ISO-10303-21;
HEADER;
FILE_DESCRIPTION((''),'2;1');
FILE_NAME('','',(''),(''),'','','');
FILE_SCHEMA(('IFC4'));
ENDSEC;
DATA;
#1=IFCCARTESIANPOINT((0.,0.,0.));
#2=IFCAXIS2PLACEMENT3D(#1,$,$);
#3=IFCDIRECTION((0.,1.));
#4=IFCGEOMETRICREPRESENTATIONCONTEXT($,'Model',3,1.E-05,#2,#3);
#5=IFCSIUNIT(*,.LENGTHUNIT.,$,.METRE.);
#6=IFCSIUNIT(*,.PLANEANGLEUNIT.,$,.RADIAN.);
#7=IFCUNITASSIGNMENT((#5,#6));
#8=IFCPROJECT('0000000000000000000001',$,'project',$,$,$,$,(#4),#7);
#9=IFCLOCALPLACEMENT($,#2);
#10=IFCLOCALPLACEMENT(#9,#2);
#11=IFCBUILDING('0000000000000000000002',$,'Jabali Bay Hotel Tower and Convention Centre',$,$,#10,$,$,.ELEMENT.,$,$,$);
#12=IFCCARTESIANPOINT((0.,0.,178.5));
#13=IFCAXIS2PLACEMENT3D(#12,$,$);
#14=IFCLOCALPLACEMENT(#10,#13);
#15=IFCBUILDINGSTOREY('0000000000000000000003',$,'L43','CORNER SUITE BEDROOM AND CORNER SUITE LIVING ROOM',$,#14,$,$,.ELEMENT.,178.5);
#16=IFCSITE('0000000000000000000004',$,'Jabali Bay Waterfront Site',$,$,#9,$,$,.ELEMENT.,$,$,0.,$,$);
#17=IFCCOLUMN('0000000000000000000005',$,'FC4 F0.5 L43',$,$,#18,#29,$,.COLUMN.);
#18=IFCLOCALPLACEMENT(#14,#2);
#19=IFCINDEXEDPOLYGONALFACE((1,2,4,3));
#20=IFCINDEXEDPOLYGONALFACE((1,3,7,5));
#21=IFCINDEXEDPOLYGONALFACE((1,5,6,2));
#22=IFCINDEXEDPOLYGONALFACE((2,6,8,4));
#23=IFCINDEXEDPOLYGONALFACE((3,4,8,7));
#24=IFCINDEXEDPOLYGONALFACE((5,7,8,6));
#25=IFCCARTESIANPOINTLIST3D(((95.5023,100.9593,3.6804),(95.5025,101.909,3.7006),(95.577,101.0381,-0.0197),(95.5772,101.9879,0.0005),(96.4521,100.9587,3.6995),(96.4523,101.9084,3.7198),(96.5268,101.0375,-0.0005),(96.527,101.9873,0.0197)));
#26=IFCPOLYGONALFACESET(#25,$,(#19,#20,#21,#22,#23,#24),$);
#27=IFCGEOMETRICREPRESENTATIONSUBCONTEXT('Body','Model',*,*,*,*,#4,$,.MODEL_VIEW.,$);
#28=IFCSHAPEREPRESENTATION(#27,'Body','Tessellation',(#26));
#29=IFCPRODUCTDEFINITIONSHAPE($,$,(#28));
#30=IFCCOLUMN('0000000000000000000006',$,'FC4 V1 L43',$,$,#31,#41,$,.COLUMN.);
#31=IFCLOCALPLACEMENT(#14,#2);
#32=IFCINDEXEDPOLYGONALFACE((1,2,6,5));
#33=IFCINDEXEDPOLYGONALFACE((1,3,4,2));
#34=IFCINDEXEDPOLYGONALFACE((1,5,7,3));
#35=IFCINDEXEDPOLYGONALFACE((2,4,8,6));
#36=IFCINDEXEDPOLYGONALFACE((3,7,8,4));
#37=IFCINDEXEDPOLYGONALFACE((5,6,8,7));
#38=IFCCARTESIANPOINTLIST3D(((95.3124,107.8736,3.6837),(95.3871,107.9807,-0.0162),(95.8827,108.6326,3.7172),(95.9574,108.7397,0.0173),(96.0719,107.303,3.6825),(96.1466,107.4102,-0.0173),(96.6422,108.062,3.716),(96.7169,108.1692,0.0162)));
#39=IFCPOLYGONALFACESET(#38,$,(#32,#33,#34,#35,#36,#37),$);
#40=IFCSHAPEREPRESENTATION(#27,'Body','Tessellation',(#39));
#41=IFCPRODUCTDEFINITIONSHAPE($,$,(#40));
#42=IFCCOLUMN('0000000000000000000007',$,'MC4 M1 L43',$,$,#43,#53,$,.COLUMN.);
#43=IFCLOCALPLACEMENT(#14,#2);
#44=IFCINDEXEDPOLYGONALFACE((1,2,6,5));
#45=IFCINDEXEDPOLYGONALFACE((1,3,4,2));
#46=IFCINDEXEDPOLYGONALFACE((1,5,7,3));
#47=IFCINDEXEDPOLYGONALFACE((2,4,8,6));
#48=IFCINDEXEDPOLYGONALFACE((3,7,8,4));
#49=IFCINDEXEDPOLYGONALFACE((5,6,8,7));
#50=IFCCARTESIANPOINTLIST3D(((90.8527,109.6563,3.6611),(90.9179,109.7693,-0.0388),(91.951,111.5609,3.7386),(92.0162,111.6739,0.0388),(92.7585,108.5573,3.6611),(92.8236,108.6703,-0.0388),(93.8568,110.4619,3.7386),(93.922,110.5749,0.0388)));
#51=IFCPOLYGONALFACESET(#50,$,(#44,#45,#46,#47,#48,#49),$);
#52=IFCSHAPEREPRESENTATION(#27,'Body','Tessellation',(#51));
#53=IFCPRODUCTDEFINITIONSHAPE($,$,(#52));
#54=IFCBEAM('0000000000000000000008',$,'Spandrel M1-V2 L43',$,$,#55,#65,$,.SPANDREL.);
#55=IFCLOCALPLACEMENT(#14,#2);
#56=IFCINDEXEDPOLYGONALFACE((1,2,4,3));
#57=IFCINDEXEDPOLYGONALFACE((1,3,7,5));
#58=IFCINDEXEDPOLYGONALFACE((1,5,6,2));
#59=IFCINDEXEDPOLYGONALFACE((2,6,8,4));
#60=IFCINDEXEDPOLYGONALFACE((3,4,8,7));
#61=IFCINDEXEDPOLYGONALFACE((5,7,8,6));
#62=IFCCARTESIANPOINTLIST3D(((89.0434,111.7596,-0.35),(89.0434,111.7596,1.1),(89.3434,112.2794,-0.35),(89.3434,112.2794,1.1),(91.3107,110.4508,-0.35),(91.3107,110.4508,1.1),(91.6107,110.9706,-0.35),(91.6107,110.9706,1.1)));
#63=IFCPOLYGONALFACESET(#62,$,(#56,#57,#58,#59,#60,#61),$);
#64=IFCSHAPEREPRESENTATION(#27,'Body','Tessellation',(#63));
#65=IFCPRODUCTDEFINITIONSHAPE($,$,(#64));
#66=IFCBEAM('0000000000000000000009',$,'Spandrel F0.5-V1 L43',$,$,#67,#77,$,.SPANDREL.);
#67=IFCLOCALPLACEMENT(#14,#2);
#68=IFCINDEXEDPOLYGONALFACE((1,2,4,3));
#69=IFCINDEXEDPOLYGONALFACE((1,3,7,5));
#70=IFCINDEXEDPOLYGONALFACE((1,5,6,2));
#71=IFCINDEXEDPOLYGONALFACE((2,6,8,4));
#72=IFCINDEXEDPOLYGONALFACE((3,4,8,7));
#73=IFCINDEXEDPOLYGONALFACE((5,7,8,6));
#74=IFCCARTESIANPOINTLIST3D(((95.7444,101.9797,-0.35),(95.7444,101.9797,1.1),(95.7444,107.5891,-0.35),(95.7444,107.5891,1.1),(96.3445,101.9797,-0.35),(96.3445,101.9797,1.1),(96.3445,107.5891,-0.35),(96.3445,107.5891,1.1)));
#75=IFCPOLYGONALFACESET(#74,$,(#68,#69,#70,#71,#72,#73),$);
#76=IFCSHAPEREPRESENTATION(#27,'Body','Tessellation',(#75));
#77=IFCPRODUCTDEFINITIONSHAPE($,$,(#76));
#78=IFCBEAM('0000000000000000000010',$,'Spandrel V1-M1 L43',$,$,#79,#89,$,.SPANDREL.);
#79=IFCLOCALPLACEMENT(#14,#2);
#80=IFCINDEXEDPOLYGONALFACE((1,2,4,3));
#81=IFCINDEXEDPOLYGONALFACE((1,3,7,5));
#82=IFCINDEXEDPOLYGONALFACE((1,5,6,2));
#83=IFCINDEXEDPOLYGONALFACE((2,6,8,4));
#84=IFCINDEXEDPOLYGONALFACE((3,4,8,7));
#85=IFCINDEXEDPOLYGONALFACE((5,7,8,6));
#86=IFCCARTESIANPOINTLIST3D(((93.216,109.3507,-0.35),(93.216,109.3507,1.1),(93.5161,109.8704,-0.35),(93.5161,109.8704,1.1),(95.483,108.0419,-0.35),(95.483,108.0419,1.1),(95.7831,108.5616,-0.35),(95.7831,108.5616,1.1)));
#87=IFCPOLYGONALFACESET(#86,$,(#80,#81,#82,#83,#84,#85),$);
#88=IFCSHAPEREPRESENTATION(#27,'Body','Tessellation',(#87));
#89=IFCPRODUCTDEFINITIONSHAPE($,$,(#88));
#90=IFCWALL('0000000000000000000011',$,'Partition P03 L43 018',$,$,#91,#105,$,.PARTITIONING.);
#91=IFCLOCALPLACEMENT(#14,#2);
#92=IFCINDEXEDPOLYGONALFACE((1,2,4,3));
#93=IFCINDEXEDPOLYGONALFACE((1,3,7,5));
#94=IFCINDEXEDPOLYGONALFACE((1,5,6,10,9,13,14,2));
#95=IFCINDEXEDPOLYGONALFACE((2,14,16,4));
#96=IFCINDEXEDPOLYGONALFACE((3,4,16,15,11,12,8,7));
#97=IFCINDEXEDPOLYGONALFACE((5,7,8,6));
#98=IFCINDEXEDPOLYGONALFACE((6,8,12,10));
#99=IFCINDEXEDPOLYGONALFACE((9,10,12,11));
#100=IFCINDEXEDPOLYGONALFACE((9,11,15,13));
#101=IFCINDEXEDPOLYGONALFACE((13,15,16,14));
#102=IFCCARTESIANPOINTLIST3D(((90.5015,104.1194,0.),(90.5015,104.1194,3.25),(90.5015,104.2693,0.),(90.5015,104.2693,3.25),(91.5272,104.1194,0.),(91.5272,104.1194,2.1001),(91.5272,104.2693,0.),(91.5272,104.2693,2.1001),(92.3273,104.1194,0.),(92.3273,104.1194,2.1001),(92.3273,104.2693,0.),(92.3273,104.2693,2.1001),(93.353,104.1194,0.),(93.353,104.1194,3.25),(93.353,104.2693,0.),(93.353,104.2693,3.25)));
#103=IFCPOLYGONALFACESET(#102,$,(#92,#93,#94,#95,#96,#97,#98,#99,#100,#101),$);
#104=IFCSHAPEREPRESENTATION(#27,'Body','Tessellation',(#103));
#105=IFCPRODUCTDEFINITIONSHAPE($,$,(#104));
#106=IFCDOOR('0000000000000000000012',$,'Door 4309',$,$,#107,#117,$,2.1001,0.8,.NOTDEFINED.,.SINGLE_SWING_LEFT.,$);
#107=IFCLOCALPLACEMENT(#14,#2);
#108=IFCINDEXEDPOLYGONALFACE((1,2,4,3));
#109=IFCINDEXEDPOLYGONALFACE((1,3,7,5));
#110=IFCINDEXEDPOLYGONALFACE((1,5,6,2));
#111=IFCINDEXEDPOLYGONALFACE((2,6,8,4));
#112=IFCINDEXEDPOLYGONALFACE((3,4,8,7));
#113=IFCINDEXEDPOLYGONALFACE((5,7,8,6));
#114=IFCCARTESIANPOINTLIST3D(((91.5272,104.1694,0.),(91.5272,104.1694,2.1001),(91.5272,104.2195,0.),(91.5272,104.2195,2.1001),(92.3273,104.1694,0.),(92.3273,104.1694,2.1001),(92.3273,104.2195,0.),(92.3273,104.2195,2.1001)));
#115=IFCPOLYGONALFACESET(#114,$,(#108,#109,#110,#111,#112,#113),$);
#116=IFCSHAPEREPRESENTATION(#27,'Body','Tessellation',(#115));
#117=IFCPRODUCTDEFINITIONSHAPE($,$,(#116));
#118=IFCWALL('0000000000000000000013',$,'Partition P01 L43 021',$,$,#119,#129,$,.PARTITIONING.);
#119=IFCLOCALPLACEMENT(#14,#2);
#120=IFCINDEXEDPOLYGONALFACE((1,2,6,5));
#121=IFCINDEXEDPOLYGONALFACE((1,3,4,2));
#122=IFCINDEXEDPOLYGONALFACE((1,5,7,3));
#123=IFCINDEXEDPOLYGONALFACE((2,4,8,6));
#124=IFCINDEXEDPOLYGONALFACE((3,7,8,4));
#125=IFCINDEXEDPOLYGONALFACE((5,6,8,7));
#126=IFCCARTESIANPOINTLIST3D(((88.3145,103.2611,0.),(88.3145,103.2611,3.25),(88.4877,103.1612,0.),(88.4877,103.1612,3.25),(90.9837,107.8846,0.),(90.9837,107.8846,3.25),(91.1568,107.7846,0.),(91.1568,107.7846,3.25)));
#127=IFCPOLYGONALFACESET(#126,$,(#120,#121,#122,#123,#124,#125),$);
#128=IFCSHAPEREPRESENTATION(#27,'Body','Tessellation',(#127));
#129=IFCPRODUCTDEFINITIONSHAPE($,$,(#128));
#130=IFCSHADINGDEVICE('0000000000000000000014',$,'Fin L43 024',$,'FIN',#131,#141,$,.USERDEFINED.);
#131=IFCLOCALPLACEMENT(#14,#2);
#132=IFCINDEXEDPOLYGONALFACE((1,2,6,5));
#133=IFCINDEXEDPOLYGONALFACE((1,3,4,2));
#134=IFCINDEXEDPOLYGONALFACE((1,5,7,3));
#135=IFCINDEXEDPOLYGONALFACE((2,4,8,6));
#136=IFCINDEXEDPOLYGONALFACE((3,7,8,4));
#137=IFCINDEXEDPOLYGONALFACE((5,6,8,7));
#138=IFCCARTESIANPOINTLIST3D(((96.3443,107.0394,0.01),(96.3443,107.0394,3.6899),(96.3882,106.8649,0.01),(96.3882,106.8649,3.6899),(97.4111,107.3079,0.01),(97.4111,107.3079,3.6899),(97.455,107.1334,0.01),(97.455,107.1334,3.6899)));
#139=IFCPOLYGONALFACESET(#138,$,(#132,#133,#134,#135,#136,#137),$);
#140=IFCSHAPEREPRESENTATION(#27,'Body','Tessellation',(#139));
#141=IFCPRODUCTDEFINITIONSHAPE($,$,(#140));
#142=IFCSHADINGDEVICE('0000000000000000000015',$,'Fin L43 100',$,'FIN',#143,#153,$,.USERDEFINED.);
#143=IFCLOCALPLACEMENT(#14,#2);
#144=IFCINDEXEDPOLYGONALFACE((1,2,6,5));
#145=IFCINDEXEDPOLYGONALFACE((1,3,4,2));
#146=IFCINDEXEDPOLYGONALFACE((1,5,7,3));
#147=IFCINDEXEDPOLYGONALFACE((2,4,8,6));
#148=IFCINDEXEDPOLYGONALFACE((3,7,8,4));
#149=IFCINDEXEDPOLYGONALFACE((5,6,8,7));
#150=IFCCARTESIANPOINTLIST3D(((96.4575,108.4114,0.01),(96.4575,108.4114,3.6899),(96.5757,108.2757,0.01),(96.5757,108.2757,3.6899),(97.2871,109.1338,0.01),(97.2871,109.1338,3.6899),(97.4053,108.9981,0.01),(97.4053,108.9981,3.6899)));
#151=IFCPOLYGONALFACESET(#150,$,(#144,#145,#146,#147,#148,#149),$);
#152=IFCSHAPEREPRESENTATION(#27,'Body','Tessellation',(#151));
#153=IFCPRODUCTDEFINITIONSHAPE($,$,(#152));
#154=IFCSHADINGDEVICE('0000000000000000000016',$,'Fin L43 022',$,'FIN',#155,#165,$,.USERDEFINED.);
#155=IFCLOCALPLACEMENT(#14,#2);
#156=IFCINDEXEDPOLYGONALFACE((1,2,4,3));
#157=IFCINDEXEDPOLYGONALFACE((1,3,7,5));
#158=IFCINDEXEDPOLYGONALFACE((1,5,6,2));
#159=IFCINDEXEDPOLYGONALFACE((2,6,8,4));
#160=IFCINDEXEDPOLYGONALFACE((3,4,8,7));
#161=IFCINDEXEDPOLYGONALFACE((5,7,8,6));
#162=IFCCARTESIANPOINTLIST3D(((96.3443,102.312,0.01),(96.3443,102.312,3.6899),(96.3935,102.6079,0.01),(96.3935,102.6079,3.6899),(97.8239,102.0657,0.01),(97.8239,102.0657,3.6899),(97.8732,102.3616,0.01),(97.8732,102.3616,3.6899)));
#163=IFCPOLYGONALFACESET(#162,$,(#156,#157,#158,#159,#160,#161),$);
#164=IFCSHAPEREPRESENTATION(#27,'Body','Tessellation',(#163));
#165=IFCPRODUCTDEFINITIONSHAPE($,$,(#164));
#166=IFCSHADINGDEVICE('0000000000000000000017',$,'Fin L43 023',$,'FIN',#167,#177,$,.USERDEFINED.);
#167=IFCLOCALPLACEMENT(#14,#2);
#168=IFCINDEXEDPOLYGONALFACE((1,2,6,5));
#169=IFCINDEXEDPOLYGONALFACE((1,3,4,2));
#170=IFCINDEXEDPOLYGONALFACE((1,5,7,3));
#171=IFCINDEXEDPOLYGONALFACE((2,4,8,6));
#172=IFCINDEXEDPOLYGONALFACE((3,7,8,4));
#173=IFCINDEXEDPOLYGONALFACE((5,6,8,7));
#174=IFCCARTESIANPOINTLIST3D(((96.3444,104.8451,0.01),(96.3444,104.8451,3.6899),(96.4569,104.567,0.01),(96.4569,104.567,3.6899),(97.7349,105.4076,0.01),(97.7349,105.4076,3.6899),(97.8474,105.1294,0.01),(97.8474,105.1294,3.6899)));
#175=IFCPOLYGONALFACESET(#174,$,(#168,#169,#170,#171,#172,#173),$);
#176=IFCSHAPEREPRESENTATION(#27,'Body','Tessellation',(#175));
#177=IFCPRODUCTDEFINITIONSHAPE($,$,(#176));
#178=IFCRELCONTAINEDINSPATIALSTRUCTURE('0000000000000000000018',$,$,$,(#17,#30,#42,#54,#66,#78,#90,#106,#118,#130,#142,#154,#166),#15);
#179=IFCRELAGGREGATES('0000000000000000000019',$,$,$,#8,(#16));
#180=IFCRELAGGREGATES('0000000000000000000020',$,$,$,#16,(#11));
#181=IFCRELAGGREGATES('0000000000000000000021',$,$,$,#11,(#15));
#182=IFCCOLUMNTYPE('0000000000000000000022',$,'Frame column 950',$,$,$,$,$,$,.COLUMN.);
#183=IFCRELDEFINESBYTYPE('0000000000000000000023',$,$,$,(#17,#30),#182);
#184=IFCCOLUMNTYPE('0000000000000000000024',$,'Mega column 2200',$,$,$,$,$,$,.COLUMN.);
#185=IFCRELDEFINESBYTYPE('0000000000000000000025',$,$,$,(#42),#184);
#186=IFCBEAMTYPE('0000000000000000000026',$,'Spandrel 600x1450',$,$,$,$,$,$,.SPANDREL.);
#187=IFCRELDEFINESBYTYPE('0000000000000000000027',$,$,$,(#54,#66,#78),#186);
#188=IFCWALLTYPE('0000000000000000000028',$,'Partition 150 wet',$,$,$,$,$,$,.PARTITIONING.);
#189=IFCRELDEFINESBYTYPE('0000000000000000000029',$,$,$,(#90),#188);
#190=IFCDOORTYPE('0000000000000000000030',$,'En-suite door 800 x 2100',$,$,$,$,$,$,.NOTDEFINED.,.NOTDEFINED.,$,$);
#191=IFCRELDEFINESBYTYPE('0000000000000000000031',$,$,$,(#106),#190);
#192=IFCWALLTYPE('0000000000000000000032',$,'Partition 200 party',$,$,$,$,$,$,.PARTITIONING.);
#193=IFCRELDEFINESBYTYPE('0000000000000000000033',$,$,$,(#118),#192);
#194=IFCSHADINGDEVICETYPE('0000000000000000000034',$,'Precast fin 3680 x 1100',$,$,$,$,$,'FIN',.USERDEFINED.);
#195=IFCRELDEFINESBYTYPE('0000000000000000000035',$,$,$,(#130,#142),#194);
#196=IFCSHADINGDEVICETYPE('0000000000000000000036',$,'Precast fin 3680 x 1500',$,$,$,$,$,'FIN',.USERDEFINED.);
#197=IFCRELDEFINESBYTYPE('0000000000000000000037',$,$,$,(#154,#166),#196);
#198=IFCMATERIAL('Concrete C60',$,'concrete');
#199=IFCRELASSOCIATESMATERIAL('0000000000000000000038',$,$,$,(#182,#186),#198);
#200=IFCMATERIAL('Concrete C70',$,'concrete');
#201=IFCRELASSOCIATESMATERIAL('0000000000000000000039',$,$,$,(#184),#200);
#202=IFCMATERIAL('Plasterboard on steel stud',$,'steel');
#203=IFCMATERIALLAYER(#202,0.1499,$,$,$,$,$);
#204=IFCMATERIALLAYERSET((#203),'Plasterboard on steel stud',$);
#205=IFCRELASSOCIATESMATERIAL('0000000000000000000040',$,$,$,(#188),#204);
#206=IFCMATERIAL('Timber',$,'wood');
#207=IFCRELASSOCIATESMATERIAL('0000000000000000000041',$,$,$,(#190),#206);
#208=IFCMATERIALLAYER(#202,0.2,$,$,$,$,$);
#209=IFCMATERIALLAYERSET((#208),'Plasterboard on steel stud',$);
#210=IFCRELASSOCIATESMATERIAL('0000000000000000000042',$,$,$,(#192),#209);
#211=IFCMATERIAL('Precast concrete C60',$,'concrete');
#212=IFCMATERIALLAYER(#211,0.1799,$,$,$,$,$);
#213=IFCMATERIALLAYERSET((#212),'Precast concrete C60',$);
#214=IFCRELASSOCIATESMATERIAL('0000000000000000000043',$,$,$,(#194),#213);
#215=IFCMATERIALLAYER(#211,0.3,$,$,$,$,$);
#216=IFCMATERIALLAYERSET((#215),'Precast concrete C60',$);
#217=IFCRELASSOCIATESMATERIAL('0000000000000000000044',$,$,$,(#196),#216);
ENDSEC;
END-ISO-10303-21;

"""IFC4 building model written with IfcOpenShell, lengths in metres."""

from ifc_helpers import new_model, si_unit, direction, frame, frame_2d, origin, origin_2d, place, context, subcontext, project, spatial, rectangle, extrude, material, layer, layer_set, material_profile, profile_set, type_object, element, fill, save


model = new_model("IFC4")

# Units and contexts
model_context = context("Model", 3, precision=1e-05, world=origin(), true_north=direction((0.0, 1.0)))
body_context = subcontext(model_context, "Body", "Model", "MODEL_VIEW")
ifc_project = project(units=[si_unit("LENGTHUNIT", "METRE"), si_unit("PLANEANGLEUNIT", "RADIAN")], contexts=[model_context])

# Site, building, storey
site_placement = place(None, origin())
site = spatial("IfcSite", under=ifc_project, at=site_placement, Name="Jabali Bay Waterfront Site", CompositionType="ELEMENT", RefElevation=0.0)
building_placement = place(site_placement, origin())
building = spatial("IfcBuilding", under=site, at=building_placement, Name="Jabali Bay Hotel Tower and Convention Centre", CompositionType="ELEMENT")
storey_placement = place(building_placement, frame((0.0, 0.0, 178.5)))
storey = spatial("IfcBuildingStorey", under=building, at=storey_placement, Name="L43", Description="CORNER SUITE BEDROOM AND CORNER SUITE LIVING ROOM", CompositionType="ELEMENT", Elevation=178.5)

# Columns
ifc_material_1 = material(Name="Concrete C60", Category="concrete")
ifc_material_profile_1 = material_profile(ifc_material_1, rectangle(XDim=0.95, YDim=0.95, at=origin_2d()), Name="Frame column 950")
ifc_profile_set_1 = profile_set([ifc_material_profile_1], Name="Concrete C60")
column_type_1 = type_object("IfcColumnType", Name="Frame column 950", PredefinedType="COLUMN", material=ifc_profile_set_1)
column_1_placement = place(storey_placement, frame((96.052, 101.5127, 0.0), z_axis=(-0.020183, -0.021304, 0.999569), x_axis=(0.999796, -0.000658, 0.020173)))
element("IfcColumn", 1, at=column_1_placement, inside=storey, type_object=column_type_1, Name="FC4 F0.5 L43", PredefinedType="COLUMN", context=body_context, shape_type="SweptSolid", body=[
    extrude(rectangle(XDim=0.95, YDim=0.95, at=origin_2d()), origin(), (0.0, 0.0, 1.0), 3.7017),
])
column_2_placement = place(storey_placement, frame((96.052, 108.075, 0.0), z_axis=(-0.020179, -0.028949, 0.999377), x_axis=(0.600295, 0.799001, 0.035266)))
element("IfcColumn", 2, at=column_2_placement, inside=storey, type_object=column_type_1, Name="FC4 V1 L43", PredefinedType="COLUMN", context=body_context, shape_type="SweptSolid", body=[
    extrude(rectangle(XDim=0.95, YDim=0.95, at=origin_2d()), origin(), (0.0, 0.0, 1.0), 3.7021),
])
ifc_material_2 = material(Name="Concrete C70", Category="concrete")
ifc_material_profile_2 = material_profile(ifc_material_2, rectangle(XDim=2.2, YDim=2.2, at=origin_2d()), Name="Mega column 2200")
ifc_profile_set_2 = profile_set([ifc_material_profile_2], Name="Concrete C70")
column_type_2 = type_object("IfcColumnType", Name="Mega column 2200", PredefinedType="COLUMN", material=ifc_profile_set_2)
column_3_placement = place(storey_placement, frame((92.4199, 110.1721, 0.0), z_axis=(-0.017607, -0.030532, 0.999379), x_axis=(0.499253, 0.865739, 0.035245)))
element("IfcColumn", 3, at=column_3_placement, inside=storey, type_object=column_type_2, Name="MC4 M1 L43", PredefinedType="COLUMN", context=body_context, shape_type="SweptSolid", body=[
    extrude(rectangle(XDim=2.2, YDim=2.2, at=origin_2d()), origin(), (0.0, 0.0, 1.0), 3.7021),
])

# Beams
ifc_material_profile_3 = material_profile(ifc_material_1, rectangle(XDim=0.6001, YDim=1.45, at=origin_2d()), Name="Spandrel 600x1450")
ifc_profile_set_3 = profile_set([ifc_material_profile_3], Name="Concrete C60")
beam_type = type_object("IfcBeamType", Name="Spandrel 600x1450", PredefinedType="SPANDREL", material=ifc_profile_set_3)
beam_1_placement = place(storey_placement, frame((91.4607, 110.7107, 0.375), z_axis=(-0.86606, 0.49994, 0.0), x_axis=(-0.49994, -0.86606, 0.0)))
element("IfcBeam", 4, at=beam_1_placement, inside=storey, type_object=beam_type, Name="Spandrel M1-V2 L43", PredefinedType="SPANDREL", context=body_context, shape_type="SweptSolid", body=[
    extrude(rectangle(XDim=0.6001, YDim=1.45, at=origin_2d()), origin(), (0.0, 0.0, 1.0), 2.6179),
])
beam_2_placement = place(storey_placement, frame((96.0444, 101.9797, 0.375), z_axis=(0.0, 1.0, 0.0), x_axis=(-1.0, 0.0, 0.0)))
element("IfcBeam", 5, at=beam_2_placement, inside=storey, type_object=beam_type, Name="Spandrel F0.5-V1 L43", PredefinedType="SPANDREL", context=body_context, shape_type="SweptSolid", body=[
    extrude(rectangle(XDim=0.6001, YDim=1.45, at=origin_2d()), origin(), (0.0, 0.0, 1.0), 5.6094),
])
beam_3_placement = place(storey_placement, frame((95.6331, 108.3018, 0.375), z_axis=(-0.866036, 0.499981, 0.0), x_axis=(-0.499981, -0.866036, 0.0)))
element("IfcBeam", 6, at=beam_3_placement, inside=storey, type_object=beam_type, Name="Spandrel V1-M1 L43", PredefinedType="SPANDREL", context=body_context, shape_type="SweptSolid", body=[
    extrude(rectangle(XDim=0.6001, YDim=1.45, at=origin_2d()), origin(), (0.0, 0.0, 1.0), 2.6177),
])

# Wall, opening, door
ifc_material_3 = material(Name="Plasterboard on steel stud", Category="steel")
ifc_layer_1 = layer(ifc_material_3, 0.1499)
ifc_layer_set_1 = layer_set([ifc_layer_1], Name="Plasterboard on steel stud")
wall_type_1 = type_object("IfcWallType", Name="Partition 150 wet", PredefinedType="PARTITIONING", material=ifc_layer_set_1)
wall_1_placement = place(storey_placement, frame((93.353, 104.1943, 0.0), z_axis=(0.0, 0.0, 1.0), x_axis=(-1.0, 0.0, 0.0)))
wall_1 = element("IfcWall", 7, at=wall_1_placement, inside=storey, type_object=wall_type_1, Name="Partition P03 L43 018", PredefinedType="PARTITIONING", context=body_context, shape_type="SweptSolid", body=[
    extrude(rectangle(XDim=2.8516, YDim=0.1499, at=frame_2d((1.4258, 0.0))), origin(), (0.0, 0.0, 1.0), 3.25),
])
opening_1_placement = place(wall_1_placement, frame((1.0259, 0.0, 0.0)))
opening_1 = element("IfcOpeningElement", 8, at=opening_1_placement, cuts=wall_1, PredefinedType="OPENING", context=body_context, shape_type="SweptSolid", body=[
    extrude(rectangle(XDim=0.8, YDim=2.1001, at=frame_2d((0.3999, 1.05))), frame((0.0, 0.0854, 0.0), z_axis=(0.0, -1.0, 0.0), x_axis=(1.0, 0.0, 0.0)), (0.0, 0.0, 1.0), 0.1709),
])
ifc_material_4 = material(Name="Timber", Category="wood")
door_type_1 = type_object("IfcDoorType", Name="En-suite door 800 x 2100", OperationType="NOTDEFINED", PredefinedType="NOTDEFINED", material=ifc_material_4)
door_1_placement = place(opening_1_placement, origin())
door_1 = element("IfcDoor", 9, at=door_1_placement, inside=storey, type_object=door_type_1, Name="Door 4309", OperationType="SINGLE_SWING_LEFT", OverallHeight=2.1001, OverallWidth=0.8, PredefinedType="NOTDEFINED", context=body_context, shape_type="SweptSolid", body=[
    extrude(rectangle(XDim=0.8, YDim=2.1001, at=frame_2d((0.3999, 1.05))), frame((0.0, 0.0249, 0.0), z_axis=(0.0, -1.0, 0.0), x_axis=(1.0, 0.0, 0.0)), (0.0, 0.0, 1.0), 0.05),
])
fill(opening_1, door_1)

# Wall
ifc_layer_2 = layer(ifc_material_3, 0.2)
ifc_layer_set_2 = layer_set([ifc_layer_2], Name="Plasterboard on steel stud")
wall_type_2 = type_object("IfcWallType", Name="Partition 200 party", PredefinedType="PARTITIONING", material=ifc_layer_set_2)
wall_2_placement = place(storey_placement, frame((91.0703, 107.8347, 0.0), z_axis=(0.0, 0.0, 1.0), x_axis=(-0.499971, -0.866042, 0.0)))
element("IfcWall", 10, at=wall_2_placement, inside=storey, type_object=wall_type_2, Name="Partition P01 L43 021", PredefinedType="PARTITIONING", context=body_context, shape_type="SweptSolid", body=[
    extrude(rectangle(XDim=5.3386, YDim=0.2, at=frame_2d((2.6694, 0.0))), origin(), (0.0, 0.0, 1.0), 3.25),
])

# Shading devices
ifc_material_5 = material(Name="Precast concrete C60", Category="concrete")
ifc_layer_3 = layer(ifc_material_5, 0.1799)
ifc_layer_set_3 = layer_set([ifc_layer_3], Name="Precast concrete C60")
shading_device_type_1 = type_object("IfcShadingDeviceType", Name="Precast fin 3680 x 1100", ElementType="FIN", PredefinedType="USERDEFINED", material=ifc_layer_set_3)
for number, where, z_axis, x_axis, name in (
    (11, (96.3662, 106.9521, 0.01), (0.0, 0.0, 1.0), (0.96975, 0.244102, 0.0), "Fin L43 024"),
    (12, (96.5166, 108.3435, 0.01), (0.0, 0.0, 1.0), (0.754142, 0.656712, 0.0), "Fin L43 100"),
):
    element("IfcShadingDevice", number, at=place(storey_placement, frame(where, z_axis=z_axis, x_axis=x_axis)), inside=storey, type_object=shading_device_type_1, Name=name, ObjectType="FIN", PredefinedType="USERDEFINED", context=body_context, shape_type="SweptSolid", body=[
        extrude(rectangle(XDim=1.1001, YDim=0.1799, at=frame_2d((0.55, 0.0))), origin(), (0.0, 0.0, 1.0), 3.6799),
    ])
ifc_layer_4 = layer(ifc_material_5, 0.3)
ifc_layer_set_4 = layer_set([ifc_layer_4], Name="Precast concrete C60")
shading_device_type_2 = type_object("IfcShadingDeviceType", Name="Precast fin 3680 x 1500", ElementType="FIN", PredefinedType="USERDEFINED", material=ifc_layer_set_4)
for number, where, z_axis, x_axis, name in (
    (13, (96.3689, 102.46, 0.01), (0.0, 0.0, 1.0), (0.986425, -0.164214, 0.0), "Fin L43 022"),
    (14, (96.4006, 104.7061, 0.01), (0.0, 0.0, 1.0), (0.927033, 0.37498, 0.0), "Fin L43 023"),
):
    element("IfcShadingDevice", number, at=place(storey_placement, frame(where, z_axis=z_axis, x_axis=x_axis)), inside=storey, type_object=shading_device_type_2, Name=name, ObjectType="FIN", PredefinedType="USERDEFINED", context=body_context, shape_type="SweptSolid", body=[
        extrude(rectangle(XDim=1.5, YDim=0.3, at=frame_2d((0.75, 0.0))), origin(), (0.0, 0.0, 1.0), 3.6799),
    ])

save(model, "model.ifc")
